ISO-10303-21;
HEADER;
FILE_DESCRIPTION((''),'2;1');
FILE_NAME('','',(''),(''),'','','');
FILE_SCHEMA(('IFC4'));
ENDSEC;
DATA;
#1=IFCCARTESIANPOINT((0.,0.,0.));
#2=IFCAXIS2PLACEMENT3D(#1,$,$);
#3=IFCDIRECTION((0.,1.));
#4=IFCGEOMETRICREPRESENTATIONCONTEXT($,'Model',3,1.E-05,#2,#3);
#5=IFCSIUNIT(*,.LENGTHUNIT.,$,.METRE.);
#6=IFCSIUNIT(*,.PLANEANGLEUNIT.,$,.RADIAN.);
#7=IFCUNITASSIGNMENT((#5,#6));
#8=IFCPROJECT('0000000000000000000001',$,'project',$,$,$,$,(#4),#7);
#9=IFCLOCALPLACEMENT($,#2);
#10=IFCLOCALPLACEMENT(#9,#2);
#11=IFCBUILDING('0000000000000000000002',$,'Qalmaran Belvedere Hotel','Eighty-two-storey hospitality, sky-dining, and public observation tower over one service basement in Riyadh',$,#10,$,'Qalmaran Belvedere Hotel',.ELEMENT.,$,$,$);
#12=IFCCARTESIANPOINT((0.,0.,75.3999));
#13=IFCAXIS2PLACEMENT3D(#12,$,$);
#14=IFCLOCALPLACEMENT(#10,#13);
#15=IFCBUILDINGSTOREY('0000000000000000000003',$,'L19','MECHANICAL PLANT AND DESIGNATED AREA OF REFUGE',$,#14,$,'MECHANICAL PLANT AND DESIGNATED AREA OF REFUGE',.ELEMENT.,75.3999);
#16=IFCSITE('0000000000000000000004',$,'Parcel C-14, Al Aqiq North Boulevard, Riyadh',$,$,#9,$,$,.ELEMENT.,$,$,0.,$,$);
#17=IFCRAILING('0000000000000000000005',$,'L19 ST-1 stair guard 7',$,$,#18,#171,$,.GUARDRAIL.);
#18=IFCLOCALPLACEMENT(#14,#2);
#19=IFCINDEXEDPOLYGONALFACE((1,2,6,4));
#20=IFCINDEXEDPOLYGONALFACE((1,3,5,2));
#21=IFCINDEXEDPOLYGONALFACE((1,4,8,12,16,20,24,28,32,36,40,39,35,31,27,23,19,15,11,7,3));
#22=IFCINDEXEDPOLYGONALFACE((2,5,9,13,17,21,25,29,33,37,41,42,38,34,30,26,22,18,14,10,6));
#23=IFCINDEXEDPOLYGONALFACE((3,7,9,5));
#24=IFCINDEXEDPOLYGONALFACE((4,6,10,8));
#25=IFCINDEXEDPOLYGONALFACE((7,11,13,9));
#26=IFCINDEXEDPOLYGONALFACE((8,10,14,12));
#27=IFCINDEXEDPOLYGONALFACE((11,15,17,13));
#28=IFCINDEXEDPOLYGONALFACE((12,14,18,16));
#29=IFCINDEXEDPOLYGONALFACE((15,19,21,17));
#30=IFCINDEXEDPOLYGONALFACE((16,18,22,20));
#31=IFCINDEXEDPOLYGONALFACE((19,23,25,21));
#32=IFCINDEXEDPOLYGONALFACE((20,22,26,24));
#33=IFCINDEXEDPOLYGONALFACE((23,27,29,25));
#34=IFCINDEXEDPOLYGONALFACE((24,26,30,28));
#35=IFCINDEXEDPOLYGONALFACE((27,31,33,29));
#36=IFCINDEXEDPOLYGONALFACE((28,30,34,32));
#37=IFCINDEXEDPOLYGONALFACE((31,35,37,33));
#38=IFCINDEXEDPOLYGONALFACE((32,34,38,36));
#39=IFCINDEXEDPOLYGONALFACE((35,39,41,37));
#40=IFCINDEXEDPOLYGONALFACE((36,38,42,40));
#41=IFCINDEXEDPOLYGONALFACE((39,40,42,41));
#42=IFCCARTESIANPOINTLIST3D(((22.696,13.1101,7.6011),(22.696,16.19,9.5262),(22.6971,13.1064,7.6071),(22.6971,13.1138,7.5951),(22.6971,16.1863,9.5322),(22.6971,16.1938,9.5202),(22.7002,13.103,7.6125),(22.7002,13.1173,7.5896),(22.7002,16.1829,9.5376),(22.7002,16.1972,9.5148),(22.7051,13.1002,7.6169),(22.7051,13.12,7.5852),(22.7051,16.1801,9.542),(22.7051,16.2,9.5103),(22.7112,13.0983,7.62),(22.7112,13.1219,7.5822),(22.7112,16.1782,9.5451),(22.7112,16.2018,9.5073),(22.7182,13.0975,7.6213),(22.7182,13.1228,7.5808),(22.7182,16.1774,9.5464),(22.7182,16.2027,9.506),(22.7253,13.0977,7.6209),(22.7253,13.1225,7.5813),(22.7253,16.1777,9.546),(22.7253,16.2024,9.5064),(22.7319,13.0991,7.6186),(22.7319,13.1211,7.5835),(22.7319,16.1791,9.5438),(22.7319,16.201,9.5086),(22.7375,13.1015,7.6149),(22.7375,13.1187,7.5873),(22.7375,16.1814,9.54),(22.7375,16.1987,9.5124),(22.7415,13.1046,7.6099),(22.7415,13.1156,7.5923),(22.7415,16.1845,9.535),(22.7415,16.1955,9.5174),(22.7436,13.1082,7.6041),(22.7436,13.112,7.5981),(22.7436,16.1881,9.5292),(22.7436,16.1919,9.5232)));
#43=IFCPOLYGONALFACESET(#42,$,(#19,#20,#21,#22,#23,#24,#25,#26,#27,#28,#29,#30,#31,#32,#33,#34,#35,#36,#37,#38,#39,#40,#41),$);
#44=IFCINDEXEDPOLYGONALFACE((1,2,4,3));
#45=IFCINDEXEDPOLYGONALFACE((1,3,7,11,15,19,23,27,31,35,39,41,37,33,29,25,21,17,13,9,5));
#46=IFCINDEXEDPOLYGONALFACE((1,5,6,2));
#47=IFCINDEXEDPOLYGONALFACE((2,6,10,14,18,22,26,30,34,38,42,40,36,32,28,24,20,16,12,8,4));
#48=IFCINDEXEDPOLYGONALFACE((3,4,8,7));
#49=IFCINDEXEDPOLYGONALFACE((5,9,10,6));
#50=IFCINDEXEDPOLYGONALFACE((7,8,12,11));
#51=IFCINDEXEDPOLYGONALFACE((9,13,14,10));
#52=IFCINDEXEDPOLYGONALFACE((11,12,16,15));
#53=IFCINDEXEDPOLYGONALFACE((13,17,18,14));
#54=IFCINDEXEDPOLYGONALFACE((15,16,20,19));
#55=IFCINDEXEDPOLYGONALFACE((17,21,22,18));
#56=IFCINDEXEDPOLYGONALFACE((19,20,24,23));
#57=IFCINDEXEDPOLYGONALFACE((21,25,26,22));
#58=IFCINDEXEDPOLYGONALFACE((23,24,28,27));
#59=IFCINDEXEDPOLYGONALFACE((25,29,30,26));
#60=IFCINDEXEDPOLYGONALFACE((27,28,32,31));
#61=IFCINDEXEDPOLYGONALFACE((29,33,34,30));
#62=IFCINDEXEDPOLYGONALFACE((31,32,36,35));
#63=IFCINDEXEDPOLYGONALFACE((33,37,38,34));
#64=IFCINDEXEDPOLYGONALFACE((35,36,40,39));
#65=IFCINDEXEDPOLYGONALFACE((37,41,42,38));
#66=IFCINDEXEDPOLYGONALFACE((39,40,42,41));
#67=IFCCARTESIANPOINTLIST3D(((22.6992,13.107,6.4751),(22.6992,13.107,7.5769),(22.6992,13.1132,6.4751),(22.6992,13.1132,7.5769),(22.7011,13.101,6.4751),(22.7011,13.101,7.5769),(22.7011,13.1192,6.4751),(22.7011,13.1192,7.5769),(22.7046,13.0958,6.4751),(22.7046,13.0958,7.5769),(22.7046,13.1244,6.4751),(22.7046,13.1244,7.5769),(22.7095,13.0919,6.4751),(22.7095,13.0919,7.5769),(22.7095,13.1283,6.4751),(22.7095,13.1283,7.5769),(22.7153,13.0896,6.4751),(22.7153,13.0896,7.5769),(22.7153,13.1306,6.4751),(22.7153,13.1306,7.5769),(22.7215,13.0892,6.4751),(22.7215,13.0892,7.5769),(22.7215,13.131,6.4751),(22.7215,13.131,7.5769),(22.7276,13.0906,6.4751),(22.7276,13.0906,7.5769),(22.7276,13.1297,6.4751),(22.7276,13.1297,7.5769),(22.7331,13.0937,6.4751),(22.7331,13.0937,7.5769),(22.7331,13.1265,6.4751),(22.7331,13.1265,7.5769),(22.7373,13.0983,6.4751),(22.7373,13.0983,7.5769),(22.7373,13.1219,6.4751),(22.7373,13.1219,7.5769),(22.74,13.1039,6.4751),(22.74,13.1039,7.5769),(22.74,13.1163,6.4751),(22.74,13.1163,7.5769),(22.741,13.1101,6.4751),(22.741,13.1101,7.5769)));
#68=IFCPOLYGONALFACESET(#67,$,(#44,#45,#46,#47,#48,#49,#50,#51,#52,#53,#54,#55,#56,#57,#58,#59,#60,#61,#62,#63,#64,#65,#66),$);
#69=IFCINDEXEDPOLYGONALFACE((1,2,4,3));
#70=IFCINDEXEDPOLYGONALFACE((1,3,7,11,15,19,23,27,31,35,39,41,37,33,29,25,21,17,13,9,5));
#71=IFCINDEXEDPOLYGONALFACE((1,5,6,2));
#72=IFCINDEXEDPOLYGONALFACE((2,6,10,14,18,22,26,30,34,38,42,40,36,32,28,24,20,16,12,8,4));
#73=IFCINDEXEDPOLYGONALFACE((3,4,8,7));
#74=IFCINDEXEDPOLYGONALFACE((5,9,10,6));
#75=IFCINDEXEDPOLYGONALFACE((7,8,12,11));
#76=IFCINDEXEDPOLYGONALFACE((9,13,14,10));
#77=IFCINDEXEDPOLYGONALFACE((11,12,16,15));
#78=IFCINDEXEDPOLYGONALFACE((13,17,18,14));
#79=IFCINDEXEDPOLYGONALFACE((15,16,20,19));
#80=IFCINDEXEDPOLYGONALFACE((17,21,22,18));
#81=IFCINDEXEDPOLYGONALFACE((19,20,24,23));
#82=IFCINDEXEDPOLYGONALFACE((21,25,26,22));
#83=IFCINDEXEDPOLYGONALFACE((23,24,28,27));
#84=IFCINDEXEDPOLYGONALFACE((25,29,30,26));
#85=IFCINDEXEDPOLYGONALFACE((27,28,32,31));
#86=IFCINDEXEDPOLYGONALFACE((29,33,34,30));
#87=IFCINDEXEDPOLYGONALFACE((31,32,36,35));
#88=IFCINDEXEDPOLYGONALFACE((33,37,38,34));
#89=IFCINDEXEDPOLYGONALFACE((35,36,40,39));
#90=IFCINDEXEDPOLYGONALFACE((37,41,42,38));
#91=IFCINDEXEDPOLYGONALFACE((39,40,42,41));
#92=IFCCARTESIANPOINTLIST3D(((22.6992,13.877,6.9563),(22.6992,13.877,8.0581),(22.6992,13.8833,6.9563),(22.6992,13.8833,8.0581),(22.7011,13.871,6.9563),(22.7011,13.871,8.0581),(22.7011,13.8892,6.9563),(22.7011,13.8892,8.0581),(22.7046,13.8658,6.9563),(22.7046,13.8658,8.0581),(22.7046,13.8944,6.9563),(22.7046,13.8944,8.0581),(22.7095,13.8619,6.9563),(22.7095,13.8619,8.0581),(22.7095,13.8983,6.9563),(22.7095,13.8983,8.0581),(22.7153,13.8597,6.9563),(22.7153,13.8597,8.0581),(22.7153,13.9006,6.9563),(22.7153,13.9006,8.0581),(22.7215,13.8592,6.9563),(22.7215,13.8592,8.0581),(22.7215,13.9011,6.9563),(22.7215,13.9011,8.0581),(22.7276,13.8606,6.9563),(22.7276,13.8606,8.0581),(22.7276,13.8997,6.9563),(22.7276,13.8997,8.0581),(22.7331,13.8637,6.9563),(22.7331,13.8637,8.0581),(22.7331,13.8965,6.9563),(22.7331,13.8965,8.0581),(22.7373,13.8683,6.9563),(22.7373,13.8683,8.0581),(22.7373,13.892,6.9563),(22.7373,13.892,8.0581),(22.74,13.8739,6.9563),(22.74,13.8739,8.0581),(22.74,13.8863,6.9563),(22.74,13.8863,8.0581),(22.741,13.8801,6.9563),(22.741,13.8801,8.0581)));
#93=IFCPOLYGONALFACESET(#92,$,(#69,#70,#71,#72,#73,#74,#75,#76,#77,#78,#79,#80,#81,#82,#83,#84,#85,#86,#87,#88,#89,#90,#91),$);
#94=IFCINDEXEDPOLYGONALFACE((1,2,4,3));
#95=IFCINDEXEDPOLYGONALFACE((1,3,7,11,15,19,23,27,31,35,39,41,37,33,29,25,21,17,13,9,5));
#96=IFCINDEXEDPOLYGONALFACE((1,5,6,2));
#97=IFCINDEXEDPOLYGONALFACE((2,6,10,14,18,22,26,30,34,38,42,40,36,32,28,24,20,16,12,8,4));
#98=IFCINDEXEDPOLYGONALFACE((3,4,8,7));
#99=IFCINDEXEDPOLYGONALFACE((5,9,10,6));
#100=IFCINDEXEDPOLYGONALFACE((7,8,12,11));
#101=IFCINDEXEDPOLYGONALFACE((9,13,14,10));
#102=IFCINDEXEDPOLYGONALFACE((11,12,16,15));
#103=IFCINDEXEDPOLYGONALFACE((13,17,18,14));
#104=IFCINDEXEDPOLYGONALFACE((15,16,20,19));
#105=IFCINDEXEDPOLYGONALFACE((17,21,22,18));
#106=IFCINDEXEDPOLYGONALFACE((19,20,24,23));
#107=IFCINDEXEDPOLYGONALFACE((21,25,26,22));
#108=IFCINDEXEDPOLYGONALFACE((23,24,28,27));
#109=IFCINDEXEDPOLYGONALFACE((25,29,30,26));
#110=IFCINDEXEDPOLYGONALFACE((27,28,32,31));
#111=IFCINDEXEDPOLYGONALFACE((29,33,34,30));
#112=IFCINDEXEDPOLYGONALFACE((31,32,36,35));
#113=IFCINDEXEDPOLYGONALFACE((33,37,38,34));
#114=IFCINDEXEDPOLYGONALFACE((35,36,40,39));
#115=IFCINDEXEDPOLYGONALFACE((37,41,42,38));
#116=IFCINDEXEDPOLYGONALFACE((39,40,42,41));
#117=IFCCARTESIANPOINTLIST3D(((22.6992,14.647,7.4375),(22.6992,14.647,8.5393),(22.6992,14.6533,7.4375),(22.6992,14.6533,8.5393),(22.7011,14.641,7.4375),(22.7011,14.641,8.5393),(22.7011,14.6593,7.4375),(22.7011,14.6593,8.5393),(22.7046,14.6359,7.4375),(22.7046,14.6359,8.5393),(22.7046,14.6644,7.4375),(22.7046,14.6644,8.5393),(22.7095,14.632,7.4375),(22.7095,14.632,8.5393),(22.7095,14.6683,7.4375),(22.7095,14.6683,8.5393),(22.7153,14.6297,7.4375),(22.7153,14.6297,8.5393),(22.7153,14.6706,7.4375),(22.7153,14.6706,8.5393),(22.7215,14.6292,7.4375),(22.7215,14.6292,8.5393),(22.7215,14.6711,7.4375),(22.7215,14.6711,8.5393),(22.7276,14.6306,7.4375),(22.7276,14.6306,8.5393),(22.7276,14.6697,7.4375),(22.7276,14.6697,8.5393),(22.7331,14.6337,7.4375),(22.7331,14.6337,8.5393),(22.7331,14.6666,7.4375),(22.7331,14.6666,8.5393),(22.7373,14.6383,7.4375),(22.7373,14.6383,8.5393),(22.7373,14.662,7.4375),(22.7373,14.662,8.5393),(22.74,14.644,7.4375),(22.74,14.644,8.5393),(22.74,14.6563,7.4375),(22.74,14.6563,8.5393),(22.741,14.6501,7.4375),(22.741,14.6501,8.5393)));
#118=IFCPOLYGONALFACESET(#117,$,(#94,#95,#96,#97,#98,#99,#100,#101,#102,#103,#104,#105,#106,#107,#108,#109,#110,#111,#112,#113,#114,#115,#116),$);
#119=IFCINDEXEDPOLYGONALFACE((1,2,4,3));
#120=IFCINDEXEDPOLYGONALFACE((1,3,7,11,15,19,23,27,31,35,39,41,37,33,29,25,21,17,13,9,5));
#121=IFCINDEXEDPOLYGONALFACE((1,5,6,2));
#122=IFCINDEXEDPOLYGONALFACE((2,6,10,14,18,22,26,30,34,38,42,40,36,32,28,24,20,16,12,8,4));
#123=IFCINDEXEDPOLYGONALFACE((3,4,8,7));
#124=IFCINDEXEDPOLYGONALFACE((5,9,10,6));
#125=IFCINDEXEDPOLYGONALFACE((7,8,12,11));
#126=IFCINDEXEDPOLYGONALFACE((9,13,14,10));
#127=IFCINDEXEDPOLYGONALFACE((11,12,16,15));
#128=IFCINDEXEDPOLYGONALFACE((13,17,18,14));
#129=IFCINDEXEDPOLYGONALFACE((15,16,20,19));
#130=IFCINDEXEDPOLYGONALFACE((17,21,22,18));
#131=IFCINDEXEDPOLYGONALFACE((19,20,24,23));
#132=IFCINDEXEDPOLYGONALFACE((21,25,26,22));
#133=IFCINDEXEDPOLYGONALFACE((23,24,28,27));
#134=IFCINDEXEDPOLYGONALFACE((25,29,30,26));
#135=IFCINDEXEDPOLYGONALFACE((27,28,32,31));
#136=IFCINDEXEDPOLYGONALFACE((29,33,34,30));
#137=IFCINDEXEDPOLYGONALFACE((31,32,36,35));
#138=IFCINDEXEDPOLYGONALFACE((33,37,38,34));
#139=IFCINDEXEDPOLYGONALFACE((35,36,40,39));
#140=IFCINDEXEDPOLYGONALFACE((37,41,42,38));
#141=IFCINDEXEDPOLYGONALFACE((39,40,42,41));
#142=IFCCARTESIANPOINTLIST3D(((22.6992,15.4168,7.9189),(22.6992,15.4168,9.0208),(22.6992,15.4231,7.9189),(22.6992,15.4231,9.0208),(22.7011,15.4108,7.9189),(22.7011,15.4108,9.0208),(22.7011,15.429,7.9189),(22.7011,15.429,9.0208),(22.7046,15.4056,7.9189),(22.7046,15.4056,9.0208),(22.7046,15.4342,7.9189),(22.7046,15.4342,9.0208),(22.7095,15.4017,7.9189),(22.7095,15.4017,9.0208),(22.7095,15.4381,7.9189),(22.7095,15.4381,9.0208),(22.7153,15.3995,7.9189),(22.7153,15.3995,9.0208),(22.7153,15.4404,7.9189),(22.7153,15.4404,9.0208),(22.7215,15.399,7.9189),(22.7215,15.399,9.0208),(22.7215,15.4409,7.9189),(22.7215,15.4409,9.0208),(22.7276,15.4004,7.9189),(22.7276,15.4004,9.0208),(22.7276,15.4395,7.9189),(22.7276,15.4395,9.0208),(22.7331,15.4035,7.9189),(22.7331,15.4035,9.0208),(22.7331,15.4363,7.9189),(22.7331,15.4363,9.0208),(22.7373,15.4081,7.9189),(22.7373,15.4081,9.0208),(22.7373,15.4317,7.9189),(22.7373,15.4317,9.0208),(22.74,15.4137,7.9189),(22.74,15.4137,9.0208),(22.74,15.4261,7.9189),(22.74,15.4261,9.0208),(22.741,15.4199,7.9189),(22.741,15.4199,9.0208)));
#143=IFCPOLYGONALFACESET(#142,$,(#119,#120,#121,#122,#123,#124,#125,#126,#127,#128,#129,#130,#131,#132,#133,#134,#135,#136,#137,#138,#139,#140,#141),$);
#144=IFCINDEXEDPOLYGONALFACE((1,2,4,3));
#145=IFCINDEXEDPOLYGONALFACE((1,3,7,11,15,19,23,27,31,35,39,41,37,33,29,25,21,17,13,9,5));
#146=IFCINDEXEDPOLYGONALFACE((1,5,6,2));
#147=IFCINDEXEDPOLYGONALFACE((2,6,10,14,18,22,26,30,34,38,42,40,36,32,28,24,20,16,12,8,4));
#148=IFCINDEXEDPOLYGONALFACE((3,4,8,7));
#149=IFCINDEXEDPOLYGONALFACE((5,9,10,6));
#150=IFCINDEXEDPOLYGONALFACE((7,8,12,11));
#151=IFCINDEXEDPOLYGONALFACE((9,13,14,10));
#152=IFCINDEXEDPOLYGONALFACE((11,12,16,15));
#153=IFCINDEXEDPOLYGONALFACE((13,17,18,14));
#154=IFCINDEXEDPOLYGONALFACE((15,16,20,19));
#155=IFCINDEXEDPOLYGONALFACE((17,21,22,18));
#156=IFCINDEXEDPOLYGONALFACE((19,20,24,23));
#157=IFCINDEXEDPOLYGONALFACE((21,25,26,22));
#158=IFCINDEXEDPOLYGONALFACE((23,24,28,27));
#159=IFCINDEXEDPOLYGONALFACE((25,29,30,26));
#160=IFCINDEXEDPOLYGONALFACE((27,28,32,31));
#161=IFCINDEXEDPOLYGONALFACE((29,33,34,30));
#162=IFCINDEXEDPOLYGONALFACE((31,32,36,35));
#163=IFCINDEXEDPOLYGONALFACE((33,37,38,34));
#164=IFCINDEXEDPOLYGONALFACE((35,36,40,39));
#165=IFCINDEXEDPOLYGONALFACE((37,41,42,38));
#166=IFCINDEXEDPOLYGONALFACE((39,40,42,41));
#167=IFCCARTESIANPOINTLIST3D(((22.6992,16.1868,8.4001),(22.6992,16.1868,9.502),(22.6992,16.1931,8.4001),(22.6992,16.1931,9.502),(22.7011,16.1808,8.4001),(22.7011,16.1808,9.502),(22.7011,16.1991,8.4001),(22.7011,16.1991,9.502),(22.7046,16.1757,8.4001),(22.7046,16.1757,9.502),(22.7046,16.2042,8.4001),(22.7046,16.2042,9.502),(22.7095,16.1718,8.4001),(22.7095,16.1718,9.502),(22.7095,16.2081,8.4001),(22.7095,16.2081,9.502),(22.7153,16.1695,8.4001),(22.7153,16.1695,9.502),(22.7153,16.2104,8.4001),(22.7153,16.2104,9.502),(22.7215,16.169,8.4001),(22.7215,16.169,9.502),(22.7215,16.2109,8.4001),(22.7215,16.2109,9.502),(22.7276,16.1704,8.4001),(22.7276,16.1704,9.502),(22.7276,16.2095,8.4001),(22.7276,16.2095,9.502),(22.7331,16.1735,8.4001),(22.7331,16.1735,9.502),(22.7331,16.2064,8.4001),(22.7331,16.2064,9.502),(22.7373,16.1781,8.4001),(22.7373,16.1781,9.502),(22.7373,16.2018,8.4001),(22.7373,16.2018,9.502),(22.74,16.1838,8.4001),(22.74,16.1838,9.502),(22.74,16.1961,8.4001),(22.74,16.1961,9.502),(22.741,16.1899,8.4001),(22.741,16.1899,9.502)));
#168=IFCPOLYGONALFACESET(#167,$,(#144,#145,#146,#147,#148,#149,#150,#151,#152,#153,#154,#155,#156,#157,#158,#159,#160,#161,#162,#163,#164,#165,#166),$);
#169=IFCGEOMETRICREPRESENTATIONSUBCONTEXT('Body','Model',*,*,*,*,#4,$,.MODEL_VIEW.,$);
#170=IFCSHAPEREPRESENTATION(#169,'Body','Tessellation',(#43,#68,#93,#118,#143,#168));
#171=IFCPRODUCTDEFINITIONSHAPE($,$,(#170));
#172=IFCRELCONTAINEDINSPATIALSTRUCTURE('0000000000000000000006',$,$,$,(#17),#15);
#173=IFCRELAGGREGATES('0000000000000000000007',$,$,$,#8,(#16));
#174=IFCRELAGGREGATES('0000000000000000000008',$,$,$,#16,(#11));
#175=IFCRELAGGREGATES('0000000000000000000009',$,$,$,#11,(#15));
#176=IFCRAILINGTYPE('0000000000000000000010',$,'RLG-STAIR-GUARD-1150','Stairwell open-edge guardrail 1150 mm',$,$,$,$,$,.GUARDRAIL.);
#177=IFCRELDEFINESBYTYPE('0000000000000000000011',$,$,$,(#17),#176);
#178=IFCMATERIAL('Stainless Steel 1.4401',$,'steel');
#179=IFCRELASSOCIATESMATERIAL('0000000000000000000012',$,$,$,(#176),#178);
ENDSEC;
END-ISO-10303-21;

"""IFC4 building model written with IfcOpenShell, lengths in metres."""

from ifc_helpers import new_model, si_unit, direction, frame, origin, origin_2d, place, context, subcontext, project, spatial, circle, extrude, material, type_object, element, save


model = new_model("IFC4")

# Units and contexts
model_context = context("Model", 3, precision=1e-05, world=origin(), true_north=direction((0.0, 1.0)))
body_context = subcontext(model_context, "Body", "Model", "MODEL_VIEW")
ifc_project = project(units=[si_unit("LENGTHUNIT", "METRE"), si_unit("PLANEANGLEUNIT", "RADIAN")], contexts=[model_context])

# Site, building, storey
site_placement = place(None, origin())
site = spatial("IfcSite", under=ifc_project, at=site_placement, Name="Parcel C-14, Al Aqiq North Boulevard, Riyadh", CompositionType="ELEMENT", RefElevation=0.0)
building_placement = place(site_placement, origin())
building = spatial("IfcBuilding", under=site, at=building_placement, Name="Qalmaran Belvedere Hotel", Description="Eighty-two-storey hospitality, sky-dining, and public observation tower over one service basement in Riyadh", LongName="Qalmaran Belvedere Hotel", CompositionType="ELEMENT")
storey_placement = place(building_placement, frame((0.0, 0.0, 75.3999)))
storey = spatial("IfcBuildingStorey", under=building, at=storey_placement, Name="L19", Description="MECHANICAL PLANT AND DESIGNATED AREA OF REFUGE", LongName="MECHANICAL PLANT AND DESIGNATED AREA OF REFUGE", CompositionType="ELEMENT", Elevation=75.3999)

# Railing
ifc_material_1 = material(Name="Stainless Steel 1.4401", Category="steel")
railing_type = type_object("IfcRailingType", Name="RLG-STAIR-GUARD-1150", Description="Stairwell open-edge guardrail 1150 mm", PredefinedType="GUARDRAIL", material=ifc_material_1)
railing_1_placement = place(storey_placement, frame((22.72, 13.1101, 6.4751)))
element("IfcRailing", 1, at=railing_1_placement, inside=storey, type_object=railing_type, Name="L19 ST-1 stair guard 7", PredefinedType="GUARDRAIL", context=body_context, shape_type="SweptSolid", body=[
    extrude(circle(Radius=0.0239, at=origin_2d()), frame((0.0, 0.0, 1.126), z_axis=(0.0, 0.847979, 0.530029), x_axis=(-1.0, 0.0, 0.0)), (0.0, 0.0, 1.0), 3.6321),
    extrude(circle(Radius=0.021, at=origin_2d()), origin(), (0.0, 0.0, 1.0), 1.1018),
    extrude(circle(Radius=0.021, at=origin_2d()), frame((0.0, 0.77, 0.4812)), (0.0, 0.0, 1.0), 1.1018),
    extrude(circle(Radius=0.021, at=origin_2d()), frame((0.0, 1.54, 0.9624)), (0.0, 0.0, 1.0), 1.1018),
    extrude(circle(Radius=0.021, at=origin_2d()), frame((0.0, 2.3098, 1.4438)), (0.0, 0.0, 1.0), 1.1018),
    extrude(circle(Radius=0.021, at=origin_2d()), frame((0.0, 3.0798, 1.925)), (0.0, 0.0, 1.0), 1.1018),
])

save(model, "model.ifc")
